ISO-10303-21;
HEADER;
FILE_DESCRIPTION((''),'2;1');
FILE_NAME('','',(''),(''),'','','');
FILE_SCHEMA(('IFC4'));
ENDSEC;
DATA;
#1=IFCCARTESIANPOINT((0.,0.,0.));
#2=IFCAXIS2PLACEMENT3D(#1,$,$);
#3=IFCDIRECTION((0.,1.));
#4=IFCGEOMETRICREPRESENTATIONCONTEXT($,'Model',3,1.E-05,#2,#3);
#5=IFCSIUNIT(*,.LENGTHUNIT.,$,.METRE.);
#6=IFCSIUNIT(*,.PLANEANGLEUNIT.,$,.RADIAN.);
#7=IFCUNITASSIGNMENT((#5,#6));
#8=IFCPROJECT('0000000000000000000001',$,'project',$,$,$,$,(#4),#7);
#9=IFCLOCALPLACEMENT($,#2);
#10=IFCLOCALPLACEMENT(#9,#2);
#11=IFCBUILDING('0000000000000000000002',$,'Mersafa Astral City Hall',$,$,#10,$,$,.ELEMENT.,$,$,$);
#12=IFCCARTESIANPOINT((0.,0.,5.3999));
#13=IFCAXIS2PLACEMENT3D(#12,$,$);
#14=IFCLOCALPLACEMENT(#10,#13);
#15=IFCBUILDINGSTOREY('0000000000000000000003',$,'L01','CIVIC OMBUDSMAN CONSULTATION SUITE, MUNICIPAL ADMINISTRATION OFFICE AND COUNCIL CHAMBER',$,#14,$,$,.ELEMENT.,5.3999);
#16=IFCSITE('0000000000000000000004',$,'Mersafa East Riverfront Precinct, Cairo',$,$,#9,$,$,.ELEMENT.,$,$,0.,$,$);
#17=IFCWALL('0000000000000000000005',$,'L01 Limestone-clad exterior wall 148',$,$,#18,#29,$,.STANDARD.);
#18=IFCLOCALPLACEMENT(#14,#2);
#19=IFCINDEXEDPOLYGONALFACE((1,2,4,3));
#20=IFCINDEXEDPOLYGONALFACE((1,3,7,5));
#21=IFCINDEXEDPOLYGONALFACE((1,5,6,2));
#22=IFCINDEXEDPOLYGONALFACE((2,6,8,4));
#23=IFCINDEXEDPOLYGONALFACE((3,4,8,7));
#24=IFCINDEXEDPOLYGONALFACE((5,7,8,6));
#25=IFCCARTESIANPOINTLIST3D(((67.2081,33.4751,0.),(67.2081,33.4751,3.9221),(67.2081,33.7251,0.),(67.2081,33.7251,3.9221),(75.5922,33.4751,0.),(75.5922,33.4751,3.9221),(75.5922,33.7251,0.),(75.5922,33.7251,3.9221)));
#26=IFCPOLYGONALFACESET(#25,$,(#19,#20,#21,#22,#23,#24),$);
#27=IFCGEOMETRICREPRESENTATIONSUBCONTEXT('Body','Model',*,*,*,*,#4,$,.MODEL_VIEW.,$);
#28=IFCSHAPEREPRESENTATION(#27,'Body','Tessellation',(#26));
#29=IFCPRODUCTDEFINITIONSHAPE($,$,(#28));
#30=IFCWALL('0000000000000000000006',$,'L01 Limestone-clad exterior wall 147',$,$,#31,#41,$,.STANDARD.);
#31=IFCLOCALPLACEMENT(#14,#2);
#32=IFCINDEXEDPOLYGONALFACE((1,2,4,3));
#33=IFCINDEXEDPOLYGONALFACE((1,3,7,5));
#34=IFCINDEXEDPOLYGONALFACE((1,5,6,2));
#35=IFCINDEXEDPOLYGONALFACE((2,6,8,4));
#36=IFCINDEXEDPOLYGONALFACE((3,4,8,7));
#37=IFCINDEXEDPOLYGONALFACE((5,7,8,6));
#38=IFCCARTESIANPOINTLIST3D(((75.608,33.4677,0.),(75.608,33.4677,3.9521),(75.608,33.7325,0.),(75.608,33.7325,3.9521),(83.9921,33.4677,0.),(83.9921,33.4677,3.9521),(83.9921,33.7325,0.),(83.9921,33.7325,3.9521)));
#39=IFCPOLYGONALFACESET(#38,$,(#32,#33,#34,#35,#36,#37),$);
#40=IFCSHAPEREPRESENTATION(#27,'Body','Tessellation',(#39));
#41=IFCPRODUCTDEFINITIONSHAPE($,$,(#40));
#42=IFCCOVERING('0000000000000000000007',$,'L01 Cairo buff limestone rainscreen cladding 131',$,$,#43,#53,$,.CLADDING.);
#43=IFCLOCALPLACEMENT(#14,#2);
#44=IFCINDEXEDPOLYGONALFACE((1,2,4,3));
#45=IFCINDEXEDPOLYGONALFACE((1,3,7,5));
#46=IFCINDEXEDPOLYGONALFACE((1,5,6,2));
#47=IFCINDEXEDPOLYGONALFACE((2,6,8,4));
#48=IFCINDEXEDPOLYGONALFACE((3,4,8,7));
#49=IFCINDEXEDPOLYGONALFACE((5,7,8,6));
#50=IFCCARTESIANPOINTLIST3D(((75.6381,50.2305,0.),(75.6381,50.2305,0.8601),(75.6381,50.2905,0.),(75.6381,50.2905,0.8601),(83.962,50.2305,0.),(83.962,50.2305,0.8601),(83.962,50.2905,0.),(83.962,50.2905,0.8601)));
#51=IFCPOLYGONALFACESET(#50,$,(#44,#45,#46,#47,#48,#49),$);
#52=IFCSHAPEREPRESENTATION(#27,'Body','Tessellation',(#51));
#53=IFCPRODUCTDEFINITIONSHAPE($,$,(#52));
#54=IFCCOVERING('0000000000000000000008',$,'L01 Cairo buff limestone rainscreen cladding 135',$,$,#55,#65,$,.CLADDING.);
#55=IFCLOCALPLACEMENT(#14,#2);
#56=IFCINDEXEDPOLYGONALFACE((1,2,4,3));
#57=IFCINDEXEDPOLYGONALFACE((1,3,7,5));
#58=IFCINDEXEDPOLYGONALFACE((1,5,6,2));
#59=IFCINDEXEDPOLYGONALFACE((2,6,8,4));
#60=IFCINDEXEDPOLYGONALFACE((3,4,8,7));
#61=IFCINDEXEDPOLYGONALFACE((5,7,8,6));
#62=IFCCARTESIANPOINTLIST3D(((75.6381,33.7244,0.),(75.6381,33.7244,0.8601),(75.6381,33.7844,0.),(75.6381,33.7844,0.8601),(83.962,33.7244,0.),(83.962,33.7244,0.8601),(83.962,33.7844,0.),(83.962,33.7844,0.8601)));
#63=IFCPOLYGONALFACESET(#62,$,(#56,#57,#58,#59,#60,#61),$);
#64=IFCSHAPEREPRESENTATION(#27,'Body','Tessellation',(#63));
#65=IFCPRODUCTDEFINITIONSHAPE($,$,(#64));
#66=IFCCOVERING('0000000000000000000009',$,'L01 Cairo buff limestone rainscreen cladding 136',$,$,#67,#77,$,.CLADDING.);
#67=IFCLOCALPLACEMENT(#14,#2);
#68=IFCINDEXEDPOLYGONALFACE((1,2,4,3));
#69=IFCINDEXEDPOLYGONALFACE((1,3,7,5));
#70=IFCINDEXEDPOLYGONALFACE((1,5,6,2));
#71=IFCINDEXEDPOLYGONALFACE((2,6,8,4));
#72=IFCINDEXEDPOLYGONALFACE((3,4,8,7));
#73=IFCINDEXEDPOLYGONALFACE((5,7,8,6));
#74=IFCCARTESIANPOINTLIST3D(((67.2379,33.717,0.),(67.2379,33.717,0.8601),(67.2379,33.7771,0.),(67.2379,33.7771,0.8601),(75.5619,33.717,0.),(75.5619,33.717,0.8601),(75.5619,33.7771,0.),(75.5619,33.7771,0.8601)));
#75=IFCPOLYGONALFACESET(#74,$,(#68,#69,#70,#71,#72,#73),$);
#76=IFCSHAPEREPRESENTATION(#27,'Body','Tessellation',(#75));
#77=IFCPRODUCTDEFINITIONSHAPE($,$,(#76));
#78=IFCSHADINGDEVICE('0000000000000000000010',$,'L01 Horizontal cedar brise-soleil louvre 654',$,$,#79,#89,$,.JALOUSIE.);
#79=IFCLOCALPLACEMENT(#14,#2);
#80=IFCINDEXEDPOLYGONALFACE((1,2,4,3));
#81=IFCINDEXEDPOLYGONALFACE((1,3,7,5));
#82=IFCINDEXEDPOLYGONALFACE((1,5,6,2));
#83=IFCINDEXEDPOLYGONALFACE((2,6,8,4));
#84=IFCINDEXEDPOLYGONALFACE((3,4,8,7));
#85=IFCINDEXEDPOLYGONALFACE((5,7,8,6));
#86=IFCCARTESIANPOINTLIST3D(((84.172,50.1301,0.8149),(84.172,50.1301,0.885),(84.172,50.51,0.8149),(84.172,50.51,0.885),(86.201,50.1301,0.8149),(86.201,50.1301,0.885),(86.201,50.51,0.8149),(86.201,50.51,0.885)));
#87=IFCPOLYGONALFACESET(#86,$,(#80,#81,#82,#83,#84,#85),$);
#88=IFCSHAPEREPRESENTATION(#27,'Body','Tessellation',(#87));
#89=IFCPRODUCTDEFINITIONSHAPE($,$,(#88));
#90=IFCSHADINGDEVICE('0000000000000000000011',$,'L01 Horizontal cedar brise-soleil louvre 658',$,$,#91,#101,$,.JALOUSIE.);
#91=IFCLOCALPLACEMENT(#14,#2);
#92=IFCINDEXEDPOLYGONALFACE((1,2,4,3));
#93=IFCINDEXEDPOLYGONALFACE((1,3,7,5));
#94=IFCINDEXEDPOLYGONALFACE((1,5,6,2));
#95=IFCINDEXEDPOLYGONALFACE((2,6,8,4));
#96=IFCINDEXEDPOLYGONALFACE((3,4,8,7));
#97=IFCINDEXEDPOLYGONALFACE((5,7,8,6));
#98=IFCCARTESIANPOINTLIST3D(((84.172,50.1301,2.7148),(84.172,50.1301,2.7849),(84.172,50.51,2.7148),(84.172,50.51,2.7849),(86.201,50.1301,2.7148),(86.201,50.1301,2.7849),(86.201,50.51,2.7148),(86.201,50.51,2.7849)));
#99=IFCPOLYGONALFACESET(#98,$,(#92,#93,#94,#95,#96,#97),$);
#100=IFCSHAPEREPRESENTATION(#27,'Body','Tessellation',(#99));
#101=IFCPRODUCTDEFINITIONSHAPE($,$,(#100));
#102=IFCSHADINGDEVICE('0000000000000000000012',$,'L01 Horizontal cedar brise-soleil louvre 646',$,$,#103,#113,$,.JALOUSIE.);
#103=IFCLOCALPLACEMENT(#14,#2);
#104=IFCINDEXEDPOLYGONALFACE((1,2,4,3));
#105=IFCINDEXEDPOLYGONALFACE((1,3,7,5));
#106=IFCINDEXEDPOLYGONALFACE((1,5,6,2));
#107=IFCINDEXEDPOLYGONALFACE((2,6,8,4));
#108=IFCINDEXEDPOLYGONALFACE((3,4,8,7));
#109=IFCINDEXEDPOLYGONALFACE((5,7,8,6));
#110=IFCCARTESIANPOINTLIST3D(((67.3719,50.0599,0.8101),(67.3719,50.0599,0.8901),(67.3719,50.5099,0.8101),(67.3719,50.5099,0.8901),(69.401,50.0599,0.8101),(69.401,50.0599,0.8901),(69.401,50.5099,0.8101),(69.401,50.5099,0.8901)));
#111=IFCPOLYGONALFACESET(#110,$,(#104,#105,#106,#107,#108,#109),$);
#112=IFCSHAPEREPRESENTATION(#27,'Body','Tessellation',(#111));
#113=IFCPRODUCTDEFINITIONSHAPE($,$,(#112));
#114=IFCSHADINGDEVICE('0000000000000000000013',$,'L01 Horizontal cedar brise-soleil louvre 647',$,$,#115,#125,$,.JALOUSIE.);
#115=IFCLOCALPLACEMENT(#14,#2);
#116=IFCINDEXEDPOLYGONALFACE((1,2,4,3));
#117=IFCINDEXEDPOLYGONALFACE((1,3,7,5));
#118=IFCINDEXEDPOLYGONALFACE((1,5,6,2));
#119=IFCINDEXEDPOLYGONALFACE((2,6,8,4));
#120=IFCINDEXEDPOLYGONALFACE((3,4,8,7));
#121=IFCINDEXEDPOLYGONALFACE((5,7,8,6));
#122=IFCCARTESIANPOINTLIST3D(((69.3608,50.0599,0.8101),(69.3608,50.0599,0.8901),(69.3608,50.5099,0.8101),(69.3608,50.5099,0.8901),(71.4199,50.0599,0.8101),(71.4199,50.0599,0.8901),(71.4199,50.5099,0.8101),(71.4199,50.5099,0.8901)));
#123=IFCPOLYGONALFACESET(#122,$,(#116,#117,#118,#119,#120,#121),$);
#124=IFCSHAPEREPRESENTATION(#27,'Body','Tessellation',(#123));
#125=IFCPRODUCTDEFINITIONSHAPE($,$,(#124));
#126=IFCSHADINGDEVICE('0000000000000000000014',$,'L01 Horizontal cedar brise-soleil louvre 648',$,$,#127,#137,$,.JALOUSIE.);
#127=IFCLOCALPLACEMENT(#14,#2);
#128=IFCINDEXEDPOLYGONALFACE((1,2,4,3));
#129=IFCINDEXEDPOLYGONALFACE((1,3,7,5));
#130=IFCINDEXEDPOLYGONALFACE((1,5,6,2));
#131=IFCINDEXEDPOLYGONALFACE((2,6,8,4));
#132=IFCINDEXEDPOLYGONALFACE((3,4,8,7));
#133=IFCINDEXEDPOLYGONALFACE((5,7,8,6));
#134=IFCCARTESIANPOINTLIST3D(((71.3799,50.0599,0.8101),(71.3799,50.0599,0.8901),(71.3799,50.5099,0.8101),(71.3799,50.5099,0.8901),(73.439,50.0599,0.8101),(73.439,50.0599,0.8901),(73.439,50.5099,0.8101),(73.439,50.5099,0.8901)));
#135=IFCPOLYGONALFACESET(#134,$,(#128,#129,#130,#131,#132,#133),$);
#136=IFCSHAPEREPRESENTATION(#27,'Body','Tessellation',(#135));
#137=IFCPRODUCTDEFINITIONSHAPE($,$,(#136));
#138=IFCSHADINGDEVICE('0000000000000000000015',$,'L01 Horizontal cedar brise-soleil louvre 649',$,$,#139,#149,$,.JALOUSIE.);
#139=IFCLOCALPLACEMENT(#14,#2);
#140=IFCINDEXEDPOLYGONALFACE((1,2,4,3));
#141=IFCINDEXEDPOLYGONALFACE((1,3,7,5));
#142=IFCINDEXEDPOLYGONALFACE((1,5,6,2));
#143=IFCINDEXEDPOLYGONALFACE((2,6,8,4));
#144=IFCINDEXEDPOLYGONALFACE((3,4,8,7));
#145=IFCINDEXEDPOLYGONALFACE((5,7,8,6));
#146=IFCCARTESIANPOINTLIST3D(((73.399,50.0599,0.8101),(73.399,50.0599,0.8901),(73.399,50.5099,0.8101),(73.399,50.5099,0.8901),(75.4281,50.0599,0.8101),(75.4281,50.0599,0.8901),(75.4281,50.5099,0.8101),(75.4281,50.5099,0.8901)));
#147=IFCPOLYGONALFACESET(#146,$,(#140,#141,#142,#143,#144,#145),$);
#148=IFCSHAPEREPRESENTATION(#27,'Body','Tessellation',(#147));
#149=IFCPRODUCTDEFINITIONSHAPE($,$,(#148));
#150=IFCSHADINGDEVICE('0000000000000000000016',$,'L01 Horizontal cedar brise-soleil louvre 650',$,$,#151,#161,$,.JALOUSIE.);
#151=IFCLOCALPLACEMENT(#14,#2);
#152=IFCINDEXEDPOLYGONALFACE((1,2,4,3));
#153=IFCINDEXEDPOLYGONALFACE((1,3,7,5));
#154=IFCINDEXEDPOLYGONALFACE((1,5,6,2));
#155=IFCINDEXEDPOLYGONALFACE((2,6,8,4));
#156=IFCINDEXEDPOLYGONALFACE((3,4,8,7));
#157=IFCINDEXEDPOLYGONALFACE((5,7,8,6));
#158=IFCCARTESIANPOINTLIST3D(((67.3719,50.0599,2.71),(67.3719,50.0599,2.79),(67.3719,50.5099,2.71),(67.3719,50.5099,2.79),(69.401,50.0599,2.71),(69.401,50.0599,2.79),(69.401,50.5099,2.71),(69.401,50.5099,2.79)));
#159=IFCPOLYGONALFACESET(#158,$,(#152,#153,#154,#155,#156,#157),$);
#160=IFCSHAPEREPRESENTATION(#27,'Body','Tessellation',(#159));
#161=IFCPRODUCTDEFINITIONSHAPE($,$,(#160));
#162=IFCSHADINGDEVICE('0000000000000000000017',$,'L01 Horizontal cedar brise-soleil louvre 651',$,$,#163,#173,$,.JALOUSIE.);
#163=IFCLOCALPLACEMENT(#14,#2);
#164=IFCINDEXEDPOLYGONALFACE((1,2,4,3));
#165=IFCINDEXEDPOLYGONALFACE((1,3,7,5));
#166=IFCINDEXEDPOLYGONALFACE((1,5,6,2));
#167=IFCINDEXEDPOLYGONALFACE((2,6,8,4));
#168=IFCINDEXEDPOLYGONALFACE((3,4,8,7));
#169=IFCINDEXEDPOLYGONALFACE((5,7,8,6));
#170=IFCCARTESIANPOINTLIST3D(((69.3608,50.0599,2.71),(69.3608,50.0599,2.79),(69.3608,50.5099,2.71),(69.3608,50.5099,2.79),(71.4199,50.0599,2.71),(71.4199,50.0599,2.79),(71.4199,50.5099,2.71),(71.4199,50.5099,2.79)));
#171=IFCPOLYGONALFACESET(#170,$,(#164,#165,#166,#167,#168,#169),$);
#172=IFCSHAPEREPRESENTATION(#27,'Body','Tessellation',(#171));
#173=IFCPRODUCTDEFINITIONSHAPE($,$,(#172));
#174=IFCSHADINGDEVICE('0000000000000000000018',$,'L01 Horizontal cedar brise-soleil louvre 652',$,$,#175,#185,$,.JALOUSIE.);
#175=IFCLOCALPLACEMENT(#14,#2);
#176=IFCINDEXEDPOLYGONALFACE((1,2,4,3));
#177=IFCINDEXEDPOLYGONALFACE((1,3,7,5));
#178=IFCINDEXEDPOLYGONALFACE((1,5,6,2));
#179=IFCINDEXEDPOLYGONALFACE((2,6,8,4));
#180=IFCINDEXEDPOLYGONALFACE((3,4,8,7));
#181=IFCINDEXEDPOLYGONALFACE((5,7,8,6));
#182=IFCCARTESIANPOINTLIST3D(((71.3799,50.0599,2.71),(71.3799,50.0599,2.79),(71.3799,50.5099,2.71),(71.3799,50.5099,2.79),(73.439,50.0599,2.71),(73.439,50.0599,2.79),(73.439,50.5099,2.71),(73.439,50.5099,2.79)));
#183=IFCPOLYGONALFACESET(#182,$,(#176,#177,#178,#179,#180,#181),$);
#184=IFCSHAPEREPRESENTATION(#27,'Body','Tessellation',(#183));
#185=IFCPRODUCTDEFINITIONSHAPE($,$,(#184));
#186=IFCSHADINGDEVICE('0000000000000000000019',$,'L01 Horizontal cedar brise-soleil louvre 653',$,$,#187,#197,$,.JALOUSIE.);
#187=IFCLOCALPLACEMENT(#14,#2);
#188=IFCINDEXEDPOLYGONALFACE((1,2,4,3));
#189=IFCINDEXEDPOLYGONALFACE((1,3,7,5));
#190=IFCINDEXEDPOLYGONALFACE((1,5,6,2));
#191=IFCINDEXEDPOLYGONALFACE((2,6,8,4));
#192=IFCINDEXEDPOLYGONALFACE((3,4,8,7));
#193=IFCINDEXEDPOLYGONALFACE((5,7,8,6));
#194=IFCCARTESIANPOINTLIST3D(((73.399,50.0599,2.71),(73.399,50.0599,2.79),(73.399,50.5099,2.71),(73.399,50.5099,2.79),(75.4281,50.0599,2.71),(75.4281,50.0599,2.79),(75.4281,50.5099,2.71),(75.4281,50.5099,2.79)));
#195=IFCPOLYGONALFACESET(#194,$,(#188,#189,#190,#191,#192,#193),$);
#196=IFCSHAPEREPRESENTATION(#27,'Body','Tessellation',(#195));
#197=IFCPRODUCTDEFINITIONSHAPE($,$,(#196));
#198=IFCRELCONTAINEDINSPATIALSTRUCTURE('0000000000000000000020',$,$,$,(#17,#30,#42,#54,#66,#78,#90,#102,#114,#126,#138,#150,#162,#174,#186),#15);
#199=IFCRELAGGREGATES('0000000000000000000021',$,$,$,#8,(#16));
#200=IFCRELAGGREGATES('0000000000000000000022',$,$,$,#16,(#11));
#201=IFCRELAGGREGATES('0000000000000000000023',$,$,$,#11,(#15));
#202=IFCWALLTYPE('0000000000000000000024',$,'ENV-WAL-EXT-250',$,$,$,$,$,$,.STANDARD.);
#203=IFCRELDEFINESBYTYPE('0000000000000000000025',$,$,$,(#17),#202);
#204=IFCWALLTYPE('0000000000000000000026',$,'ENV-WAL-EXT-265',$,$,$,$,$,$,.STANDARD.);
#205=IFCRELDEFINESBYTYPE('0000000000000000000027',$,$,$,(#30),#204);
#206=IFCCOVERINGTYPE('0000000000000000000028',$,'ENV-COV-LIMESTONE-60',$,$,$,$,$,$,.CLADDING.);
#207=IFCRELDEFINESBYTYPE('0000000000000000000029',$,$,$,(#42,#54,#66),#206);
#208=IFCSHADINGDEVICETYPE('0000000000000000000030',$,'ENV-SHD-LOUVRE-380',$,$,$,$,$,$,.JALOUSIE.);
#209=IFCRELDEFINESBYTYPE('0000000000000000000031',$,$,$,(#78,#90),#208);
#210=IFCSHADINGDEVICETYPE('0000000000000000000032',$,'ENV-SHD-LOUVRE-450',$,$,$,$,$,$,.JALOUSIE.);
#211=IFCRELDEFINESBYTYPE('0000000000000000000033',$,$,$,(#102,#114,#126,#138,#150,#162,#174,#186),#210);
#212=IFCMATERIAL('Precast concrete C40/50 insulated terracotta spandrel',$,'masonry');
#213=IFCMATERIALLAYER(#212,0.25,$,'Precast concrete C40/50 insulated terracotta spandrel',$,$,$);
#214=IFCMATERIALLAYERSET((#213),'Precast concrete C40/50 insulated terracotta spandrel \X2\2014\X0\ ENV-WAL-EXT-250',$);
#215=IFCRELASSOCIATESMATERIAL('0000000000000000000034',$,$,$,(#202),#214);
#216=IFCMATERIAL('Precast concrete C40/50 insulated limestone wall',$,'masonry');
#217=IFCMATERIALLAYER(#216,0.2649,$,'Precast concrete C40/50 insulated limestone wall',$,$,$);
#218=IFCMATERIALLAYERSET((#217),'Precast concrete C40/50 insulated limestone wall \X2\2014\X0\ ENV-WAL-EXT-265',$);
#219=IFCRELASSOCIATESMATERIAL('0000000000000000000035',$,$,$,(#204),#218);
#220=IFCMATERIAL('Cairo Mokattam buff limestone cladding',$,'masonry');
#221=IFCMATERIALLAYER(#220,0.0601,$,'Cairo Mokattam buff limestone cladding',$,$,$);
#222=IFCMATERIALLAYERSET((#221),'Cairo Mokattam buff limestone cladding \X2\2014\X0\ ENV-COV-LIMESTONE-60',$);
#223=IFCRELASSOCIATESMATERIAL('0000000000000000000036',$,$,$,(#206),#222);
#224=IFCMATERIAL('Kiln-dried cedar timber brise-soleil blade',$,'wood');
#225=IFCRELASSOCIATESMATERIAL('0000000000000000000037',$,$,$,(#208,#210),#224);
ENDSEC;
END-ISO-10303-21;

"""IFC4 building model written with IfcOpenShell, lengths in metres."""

from ifc_helpers import new_model, si_unit, direction, frame, frame_2d, origin, origin_2d, place, context, subcontext, project, spatial, rectangle, extrude, material, layer, layer_set, type_object, element, save


model = new_model("IFC4")

# Units and contexts
model_context = context("Model", 3, precision=1e-05, world=origin(), true_north=direction((0.0, 1.0)))
body_context = subcontext(model_context, "Body", "Model", "MODEL_VIEW")
ifc_project = project(units=[si_unit("LENGTHUNIT", "METRE"), si_unit("PLANEANGLEUNIT", "RADIAN")], contexts=[model_context])

# Site, building, storey
site_placement = place(None, origin())
site = spatial("IfcSite", under=ifc_project, at=site_placement, Name="Mersafa East Riverfront Precinct, Cairo", CompositionType="ELEMENT", RefElevation=0.0)
building_placement = place(site_placement, origin())
building = spatial("IfcBuilding", under=site, at=building_placement, Name="Mersafa Astral City Hall", CompositionType="ELEMENT")
storey_placement = place(building_placement, frame((0.0, 0.0, 5.3999)))
storey = spatial("IfcBuildingStorey", under=building, at=storey_placement, Name="L01", Description="CIVIC OMBUDSMAN CONSULTATION SUITE, MUNICIPAL ADMINISTRATION OFFICE AND COUNCIL CHAMBER", CompositionType="ELEMENT", Elevation=5.3999)

# Shared definitions
ifc_material_1 = material(Name="Precast concrete C40/50 insulated terracotta spandrel", Category="masonry")

# Walls
ifc_layer_1 = layer(ifc_material_1, 0.25, Name="Precast concrete C40/50 insulated terracotta spandrel")
ifc_layer_set_1 = layer_set([ifc_layer_1], Name="Precast concrete C40/50 insulated terracotta spandrel — ENV-WAL-EXT-250")
wall_type_1 = type_object("IfcWallType", Name="ENV-WAL-EXT-250", PredefinedType="STANDARD", material=ifc_layer_set_1)
wall_1_placement = place(storey_placement, frame((75.592, 33.6001, 0.0), z_axis=(0.0, 0.0, 1.0), x_axis=(-1.0, 0.0, 0.0)))
element("IfcWall", 1, at=wall_1_placement, inside=storey, type_object=wall_type_1, Name="L01 Limestone-clad exterior wall 148", PredefinedType="STANDARD", context=body_context, shape_type="SweptSolid", body=[
    extrude(rectangle(XDim=8.384, YDim=0.25, at=frame_2d((4.1919, 0.0))), origin(), (0.0, 0.0, 1.0), 3.9221),
])
ifc_material_2 = material(Name="Precast concrete C40/50 insulated limestone wall", Category="masonry")
ifc_layer_2 = layer(ifc_material_2, 0.2649, Name="Precast concrete C40/50 insulated limestone wall")
ifc_layer_set_2 = layer_set([ifc_layer_2], Name="Precast concrete C40/50 insulated limestone wall — ENV-WAL-EXT-265")
wall_type_2 = type_object("IfcWallType", Name="ENV-WAL-EXT-265", PredefinedType="STANDARD", material=ifc_layer_set_2)
wall_2_placement = place(storey_placement, frame((83.9919, 33.6001, 0.0), z_axis=(0.0, 0.0, 1.0), x_axis=(-1.0, 0.0, 0.0)))
element("IfcWall", 2, at=wall_2_placement, inside=storey, type_object=wall_type_2, Name="L01 Limestone-clad exterior wall 147", PredefinedType="STANDARD", context=body_context, shape_type="SweptSolid", body=[
    extrude(rectangle(XDim=8.384, YDim=0.2649, at=frame_2d((4.1919, 0.0))), origin(), (0.0, 0.0, 1.0), 3.9521),
])

# Coverings
ifc_material_3 = material(Name="Cairo Mokattam buff limestone cladding", Category="masonry")
ifc_layer_3 = layer(ifc_material_3, 0.0601, Name="Cairo Mokattam buff limestone cladding")
ifc_layer_set_3 = layer_set([ifc_layer_3], Name="Cairo Mokattam buff limestone cladding — ENV-COV-LIMESTONE-60")
covering_type = type_object("IfcCoveringType", Name="ENV-COV-LIMESTONE-60", PredefinedType="CLADDING", material=ifc_layer_set_3)
for number, where, z_axis, x_axis, name in (
    (3, (79.8, 50.2605, 0.0), (0.0, 0.0, 1.0), (1.0, 0.0, 0.0), "L01 Cairo buff limestone rainscreen cladding 131"),
    (4, (79.8, 33.7544, 0.0), (0.0, 0.0, 1.0), (-1.0, 0.0, 0.0), "L01 Cairo buff limestone rainscreen cladding 135"),
    (5, (71.3999, 33.7471, 0.0), (0.0, 0.0, 1.0), (-1.0, 0.0, 0.0), "L01 Cairo buff limestone rainscreen cladding 136"),
):
    element("IfcCovering", number, at=place(storey_placement, frame(where, z_axis=z_axis, x_axis=x_axis)), inside=storey, type_object=covering_type, Name=name, PredefinedType="CLADDING", context=body_context, shape_type="SweptSolid", body=[
        extrude(rectangle(XDim=8.324, YDim=0.0601, at=origin_2d()), origin(), (0.0, 0.0, 1.0), 0.8601),
    ])

# Shading devices
ifc_material_4 = material(Name="Kiln-dried cedar timber brise-soleil blade", Category="wood")
shading_device_type_1 = type_object("IfcShadingDeviceType", Name="ENV-SHD-LOUVRE-380", PredefinedType="JALOUSIE", material=ifc_material_4)
for number, where, z_axis, x_axis, name in (
    (6, (85.1865, 50.3201, 0.8149), (0.0, 0.0, 1.0), (1.0, 0.0, 0.0), "L01 Horizontal cedar brise-soleil louvre 654"),
    (7, (85.1865, 50.3201, 2.7148), (0.0, 0.0, 1.0), (1.0, 0.0, 0.0), "L01 Horizontal cedar brise-soleil louvre 658"),
):
    element("IfcShadingDevice", number, at=place(storey_placement, frame(where, z_axis=z_axis, x_axis=x_axis)), inside=storey, type_object=shading_device_type_1, Name=name, PredefinedType="JALOUSIE", context=body_context, shape_type="SweptSolid", body=[
        extrude(rectangle(XDim=2.0291, YDim=0.3799, at=origin_2d()), origin(), (0.0, 0.0, 1.0), 0.0701),
    ])
shading_device_type_2 = type_object("IfcShadingDeviceType", Name="ENV-SHD-LOUVRE-450", PredefinedType="JALOUSIE", material=ifc_material_4)
shading_device_1_placement = place(storey_placement, frame((68.3865, 50.2849, 0.8101), z_axis=(0.0, 0.0, 1.0), x_axis=(1.0, 0.0, 0.0)))
element("IfcShadingDevice", 8, at=shading_device_1_placement, inside=storey, type_object=shading_device_type_2, Name="L01 Horizontal cedar brise-soleil louvre 646", PredefinedType="JALOUSIE", context=body_context, shape_type="SweptSolid", body=[
    extrude(rectangle(XDim=2.0291, YDim=0.45, at=origin_2d()), origin(), (0.0, 0.0, 1.0), 0.0801),
])
for number, where, z_axis, x_axis, name in (
    (9, (70.3904, 50.2849, 0.8101), (0.0, 0.0, 1.0), (1.0, 0.0, 0.0), "L01 Horizontal cedar brise-soleil louvre 647"),
    (10, (72.4094, 50.2849, 0.8101), (0.0, 0.0, 1.0), (1.0, 0.0, 0.0), "L01 Horizontal cedar brise-soleil louvre 648"),
):
    element("IfcShadingDevice", number, at=place(storey_placement, frame(where, z_axis=z_axis, x_axis=x_axis)), inside=storey, type_object=shading_device_type_2, Name=name, PredefinedType="JALOUSIE", context=body_context, shape_type="SweptSolid", body=[
        extrude(rectangle(XDim=2.0591, YDim=0.45, at=origin_2d()), origin(), (0.0, 0.0, 1.0), 0.0801),
    ])
for number, where, z_axis, x_axis, name in (
    (11, (74.4136, 50.2849, 0.8101), (0.0, 0.0, 1.0), (1.0, 0.0, 0.0), "L01 Horizontal cedar brise-soleil louvre 649"),
    (12, (68.3865, 50.2849, 2.71), (0.0, 0.0, 1.0), (1.0, 0.0, 0.0), "L01 Horizontal cedar brise-soleil louvre 650"),
):
    element("IfcShadingDevice", number, at=place(storey_placement, frame(where, z_axis=z_axis, x_axis=x_axis)), inside=storey, type_object=shading_device_type_2, Name=name, PredefinedType="JALOUSIE", context=body_context, shape_type="SweptSolid", body=[
        extrude(rectangle(XDim=2.0291, YDim=0.45, at=origin_2d()), origin(), (0.0, 0.0, 1.0), 0.0801),
    ])
for number, where, z_axis, x_axis, name in (
    (13, (70.3904, 50.2849, 2.71), (0.0, 0.0, 1.0), (1.0, 0.0, 0.0), "L01 Horizontal cedar brise-soleil louvre 651"),
    (14, (72.4094, 50.2849, 2.71), (0.0, 0.0, 1.0), (1.0, 0.0, 0.0), "L01 Horizontal cedar brise-soleil louvre 652"),
):
    element("IfcShadingDevice", number, at=place(storey_placement, frame(where, z_axis=z_axis, x_axis=x_axis)), inside=storey, type_object=shading_device_type_2, Name=name, PredefinedType="JALOUSIE", context=body_context, shape_type="SweptSolid", body=[
        extrude(rectangle(XDim=2.0591, YDim=0.45, at=origin_2d()), origin(), (0.0, 0.0, 1.0), 0.0801),
    ])
shading_device_2_placement = place(storey_placement, frame((74.4136, 50.2849, 2.71), z_axis=(0.0, 0.0, 1.0), x_axis=(1.0, 0.0, 0.0)))
element("IfcShadingDevice", 15, at=shading_device_2_placement, inside=storey, type_object=shading_device_type_2, Name="L01 Horizontal cedar brise-soleil louvre 653", PredefinedType="JALOUSIE", context=body_context, shape_type="SweptSolid", body=[
    extrude(rectangle(XDim=2.0291, YDim=0.45, at=origin_2d()), origin(), (0.0, 0.0, 1.0), 0.0801),
])

save(model, "model.ifc")
